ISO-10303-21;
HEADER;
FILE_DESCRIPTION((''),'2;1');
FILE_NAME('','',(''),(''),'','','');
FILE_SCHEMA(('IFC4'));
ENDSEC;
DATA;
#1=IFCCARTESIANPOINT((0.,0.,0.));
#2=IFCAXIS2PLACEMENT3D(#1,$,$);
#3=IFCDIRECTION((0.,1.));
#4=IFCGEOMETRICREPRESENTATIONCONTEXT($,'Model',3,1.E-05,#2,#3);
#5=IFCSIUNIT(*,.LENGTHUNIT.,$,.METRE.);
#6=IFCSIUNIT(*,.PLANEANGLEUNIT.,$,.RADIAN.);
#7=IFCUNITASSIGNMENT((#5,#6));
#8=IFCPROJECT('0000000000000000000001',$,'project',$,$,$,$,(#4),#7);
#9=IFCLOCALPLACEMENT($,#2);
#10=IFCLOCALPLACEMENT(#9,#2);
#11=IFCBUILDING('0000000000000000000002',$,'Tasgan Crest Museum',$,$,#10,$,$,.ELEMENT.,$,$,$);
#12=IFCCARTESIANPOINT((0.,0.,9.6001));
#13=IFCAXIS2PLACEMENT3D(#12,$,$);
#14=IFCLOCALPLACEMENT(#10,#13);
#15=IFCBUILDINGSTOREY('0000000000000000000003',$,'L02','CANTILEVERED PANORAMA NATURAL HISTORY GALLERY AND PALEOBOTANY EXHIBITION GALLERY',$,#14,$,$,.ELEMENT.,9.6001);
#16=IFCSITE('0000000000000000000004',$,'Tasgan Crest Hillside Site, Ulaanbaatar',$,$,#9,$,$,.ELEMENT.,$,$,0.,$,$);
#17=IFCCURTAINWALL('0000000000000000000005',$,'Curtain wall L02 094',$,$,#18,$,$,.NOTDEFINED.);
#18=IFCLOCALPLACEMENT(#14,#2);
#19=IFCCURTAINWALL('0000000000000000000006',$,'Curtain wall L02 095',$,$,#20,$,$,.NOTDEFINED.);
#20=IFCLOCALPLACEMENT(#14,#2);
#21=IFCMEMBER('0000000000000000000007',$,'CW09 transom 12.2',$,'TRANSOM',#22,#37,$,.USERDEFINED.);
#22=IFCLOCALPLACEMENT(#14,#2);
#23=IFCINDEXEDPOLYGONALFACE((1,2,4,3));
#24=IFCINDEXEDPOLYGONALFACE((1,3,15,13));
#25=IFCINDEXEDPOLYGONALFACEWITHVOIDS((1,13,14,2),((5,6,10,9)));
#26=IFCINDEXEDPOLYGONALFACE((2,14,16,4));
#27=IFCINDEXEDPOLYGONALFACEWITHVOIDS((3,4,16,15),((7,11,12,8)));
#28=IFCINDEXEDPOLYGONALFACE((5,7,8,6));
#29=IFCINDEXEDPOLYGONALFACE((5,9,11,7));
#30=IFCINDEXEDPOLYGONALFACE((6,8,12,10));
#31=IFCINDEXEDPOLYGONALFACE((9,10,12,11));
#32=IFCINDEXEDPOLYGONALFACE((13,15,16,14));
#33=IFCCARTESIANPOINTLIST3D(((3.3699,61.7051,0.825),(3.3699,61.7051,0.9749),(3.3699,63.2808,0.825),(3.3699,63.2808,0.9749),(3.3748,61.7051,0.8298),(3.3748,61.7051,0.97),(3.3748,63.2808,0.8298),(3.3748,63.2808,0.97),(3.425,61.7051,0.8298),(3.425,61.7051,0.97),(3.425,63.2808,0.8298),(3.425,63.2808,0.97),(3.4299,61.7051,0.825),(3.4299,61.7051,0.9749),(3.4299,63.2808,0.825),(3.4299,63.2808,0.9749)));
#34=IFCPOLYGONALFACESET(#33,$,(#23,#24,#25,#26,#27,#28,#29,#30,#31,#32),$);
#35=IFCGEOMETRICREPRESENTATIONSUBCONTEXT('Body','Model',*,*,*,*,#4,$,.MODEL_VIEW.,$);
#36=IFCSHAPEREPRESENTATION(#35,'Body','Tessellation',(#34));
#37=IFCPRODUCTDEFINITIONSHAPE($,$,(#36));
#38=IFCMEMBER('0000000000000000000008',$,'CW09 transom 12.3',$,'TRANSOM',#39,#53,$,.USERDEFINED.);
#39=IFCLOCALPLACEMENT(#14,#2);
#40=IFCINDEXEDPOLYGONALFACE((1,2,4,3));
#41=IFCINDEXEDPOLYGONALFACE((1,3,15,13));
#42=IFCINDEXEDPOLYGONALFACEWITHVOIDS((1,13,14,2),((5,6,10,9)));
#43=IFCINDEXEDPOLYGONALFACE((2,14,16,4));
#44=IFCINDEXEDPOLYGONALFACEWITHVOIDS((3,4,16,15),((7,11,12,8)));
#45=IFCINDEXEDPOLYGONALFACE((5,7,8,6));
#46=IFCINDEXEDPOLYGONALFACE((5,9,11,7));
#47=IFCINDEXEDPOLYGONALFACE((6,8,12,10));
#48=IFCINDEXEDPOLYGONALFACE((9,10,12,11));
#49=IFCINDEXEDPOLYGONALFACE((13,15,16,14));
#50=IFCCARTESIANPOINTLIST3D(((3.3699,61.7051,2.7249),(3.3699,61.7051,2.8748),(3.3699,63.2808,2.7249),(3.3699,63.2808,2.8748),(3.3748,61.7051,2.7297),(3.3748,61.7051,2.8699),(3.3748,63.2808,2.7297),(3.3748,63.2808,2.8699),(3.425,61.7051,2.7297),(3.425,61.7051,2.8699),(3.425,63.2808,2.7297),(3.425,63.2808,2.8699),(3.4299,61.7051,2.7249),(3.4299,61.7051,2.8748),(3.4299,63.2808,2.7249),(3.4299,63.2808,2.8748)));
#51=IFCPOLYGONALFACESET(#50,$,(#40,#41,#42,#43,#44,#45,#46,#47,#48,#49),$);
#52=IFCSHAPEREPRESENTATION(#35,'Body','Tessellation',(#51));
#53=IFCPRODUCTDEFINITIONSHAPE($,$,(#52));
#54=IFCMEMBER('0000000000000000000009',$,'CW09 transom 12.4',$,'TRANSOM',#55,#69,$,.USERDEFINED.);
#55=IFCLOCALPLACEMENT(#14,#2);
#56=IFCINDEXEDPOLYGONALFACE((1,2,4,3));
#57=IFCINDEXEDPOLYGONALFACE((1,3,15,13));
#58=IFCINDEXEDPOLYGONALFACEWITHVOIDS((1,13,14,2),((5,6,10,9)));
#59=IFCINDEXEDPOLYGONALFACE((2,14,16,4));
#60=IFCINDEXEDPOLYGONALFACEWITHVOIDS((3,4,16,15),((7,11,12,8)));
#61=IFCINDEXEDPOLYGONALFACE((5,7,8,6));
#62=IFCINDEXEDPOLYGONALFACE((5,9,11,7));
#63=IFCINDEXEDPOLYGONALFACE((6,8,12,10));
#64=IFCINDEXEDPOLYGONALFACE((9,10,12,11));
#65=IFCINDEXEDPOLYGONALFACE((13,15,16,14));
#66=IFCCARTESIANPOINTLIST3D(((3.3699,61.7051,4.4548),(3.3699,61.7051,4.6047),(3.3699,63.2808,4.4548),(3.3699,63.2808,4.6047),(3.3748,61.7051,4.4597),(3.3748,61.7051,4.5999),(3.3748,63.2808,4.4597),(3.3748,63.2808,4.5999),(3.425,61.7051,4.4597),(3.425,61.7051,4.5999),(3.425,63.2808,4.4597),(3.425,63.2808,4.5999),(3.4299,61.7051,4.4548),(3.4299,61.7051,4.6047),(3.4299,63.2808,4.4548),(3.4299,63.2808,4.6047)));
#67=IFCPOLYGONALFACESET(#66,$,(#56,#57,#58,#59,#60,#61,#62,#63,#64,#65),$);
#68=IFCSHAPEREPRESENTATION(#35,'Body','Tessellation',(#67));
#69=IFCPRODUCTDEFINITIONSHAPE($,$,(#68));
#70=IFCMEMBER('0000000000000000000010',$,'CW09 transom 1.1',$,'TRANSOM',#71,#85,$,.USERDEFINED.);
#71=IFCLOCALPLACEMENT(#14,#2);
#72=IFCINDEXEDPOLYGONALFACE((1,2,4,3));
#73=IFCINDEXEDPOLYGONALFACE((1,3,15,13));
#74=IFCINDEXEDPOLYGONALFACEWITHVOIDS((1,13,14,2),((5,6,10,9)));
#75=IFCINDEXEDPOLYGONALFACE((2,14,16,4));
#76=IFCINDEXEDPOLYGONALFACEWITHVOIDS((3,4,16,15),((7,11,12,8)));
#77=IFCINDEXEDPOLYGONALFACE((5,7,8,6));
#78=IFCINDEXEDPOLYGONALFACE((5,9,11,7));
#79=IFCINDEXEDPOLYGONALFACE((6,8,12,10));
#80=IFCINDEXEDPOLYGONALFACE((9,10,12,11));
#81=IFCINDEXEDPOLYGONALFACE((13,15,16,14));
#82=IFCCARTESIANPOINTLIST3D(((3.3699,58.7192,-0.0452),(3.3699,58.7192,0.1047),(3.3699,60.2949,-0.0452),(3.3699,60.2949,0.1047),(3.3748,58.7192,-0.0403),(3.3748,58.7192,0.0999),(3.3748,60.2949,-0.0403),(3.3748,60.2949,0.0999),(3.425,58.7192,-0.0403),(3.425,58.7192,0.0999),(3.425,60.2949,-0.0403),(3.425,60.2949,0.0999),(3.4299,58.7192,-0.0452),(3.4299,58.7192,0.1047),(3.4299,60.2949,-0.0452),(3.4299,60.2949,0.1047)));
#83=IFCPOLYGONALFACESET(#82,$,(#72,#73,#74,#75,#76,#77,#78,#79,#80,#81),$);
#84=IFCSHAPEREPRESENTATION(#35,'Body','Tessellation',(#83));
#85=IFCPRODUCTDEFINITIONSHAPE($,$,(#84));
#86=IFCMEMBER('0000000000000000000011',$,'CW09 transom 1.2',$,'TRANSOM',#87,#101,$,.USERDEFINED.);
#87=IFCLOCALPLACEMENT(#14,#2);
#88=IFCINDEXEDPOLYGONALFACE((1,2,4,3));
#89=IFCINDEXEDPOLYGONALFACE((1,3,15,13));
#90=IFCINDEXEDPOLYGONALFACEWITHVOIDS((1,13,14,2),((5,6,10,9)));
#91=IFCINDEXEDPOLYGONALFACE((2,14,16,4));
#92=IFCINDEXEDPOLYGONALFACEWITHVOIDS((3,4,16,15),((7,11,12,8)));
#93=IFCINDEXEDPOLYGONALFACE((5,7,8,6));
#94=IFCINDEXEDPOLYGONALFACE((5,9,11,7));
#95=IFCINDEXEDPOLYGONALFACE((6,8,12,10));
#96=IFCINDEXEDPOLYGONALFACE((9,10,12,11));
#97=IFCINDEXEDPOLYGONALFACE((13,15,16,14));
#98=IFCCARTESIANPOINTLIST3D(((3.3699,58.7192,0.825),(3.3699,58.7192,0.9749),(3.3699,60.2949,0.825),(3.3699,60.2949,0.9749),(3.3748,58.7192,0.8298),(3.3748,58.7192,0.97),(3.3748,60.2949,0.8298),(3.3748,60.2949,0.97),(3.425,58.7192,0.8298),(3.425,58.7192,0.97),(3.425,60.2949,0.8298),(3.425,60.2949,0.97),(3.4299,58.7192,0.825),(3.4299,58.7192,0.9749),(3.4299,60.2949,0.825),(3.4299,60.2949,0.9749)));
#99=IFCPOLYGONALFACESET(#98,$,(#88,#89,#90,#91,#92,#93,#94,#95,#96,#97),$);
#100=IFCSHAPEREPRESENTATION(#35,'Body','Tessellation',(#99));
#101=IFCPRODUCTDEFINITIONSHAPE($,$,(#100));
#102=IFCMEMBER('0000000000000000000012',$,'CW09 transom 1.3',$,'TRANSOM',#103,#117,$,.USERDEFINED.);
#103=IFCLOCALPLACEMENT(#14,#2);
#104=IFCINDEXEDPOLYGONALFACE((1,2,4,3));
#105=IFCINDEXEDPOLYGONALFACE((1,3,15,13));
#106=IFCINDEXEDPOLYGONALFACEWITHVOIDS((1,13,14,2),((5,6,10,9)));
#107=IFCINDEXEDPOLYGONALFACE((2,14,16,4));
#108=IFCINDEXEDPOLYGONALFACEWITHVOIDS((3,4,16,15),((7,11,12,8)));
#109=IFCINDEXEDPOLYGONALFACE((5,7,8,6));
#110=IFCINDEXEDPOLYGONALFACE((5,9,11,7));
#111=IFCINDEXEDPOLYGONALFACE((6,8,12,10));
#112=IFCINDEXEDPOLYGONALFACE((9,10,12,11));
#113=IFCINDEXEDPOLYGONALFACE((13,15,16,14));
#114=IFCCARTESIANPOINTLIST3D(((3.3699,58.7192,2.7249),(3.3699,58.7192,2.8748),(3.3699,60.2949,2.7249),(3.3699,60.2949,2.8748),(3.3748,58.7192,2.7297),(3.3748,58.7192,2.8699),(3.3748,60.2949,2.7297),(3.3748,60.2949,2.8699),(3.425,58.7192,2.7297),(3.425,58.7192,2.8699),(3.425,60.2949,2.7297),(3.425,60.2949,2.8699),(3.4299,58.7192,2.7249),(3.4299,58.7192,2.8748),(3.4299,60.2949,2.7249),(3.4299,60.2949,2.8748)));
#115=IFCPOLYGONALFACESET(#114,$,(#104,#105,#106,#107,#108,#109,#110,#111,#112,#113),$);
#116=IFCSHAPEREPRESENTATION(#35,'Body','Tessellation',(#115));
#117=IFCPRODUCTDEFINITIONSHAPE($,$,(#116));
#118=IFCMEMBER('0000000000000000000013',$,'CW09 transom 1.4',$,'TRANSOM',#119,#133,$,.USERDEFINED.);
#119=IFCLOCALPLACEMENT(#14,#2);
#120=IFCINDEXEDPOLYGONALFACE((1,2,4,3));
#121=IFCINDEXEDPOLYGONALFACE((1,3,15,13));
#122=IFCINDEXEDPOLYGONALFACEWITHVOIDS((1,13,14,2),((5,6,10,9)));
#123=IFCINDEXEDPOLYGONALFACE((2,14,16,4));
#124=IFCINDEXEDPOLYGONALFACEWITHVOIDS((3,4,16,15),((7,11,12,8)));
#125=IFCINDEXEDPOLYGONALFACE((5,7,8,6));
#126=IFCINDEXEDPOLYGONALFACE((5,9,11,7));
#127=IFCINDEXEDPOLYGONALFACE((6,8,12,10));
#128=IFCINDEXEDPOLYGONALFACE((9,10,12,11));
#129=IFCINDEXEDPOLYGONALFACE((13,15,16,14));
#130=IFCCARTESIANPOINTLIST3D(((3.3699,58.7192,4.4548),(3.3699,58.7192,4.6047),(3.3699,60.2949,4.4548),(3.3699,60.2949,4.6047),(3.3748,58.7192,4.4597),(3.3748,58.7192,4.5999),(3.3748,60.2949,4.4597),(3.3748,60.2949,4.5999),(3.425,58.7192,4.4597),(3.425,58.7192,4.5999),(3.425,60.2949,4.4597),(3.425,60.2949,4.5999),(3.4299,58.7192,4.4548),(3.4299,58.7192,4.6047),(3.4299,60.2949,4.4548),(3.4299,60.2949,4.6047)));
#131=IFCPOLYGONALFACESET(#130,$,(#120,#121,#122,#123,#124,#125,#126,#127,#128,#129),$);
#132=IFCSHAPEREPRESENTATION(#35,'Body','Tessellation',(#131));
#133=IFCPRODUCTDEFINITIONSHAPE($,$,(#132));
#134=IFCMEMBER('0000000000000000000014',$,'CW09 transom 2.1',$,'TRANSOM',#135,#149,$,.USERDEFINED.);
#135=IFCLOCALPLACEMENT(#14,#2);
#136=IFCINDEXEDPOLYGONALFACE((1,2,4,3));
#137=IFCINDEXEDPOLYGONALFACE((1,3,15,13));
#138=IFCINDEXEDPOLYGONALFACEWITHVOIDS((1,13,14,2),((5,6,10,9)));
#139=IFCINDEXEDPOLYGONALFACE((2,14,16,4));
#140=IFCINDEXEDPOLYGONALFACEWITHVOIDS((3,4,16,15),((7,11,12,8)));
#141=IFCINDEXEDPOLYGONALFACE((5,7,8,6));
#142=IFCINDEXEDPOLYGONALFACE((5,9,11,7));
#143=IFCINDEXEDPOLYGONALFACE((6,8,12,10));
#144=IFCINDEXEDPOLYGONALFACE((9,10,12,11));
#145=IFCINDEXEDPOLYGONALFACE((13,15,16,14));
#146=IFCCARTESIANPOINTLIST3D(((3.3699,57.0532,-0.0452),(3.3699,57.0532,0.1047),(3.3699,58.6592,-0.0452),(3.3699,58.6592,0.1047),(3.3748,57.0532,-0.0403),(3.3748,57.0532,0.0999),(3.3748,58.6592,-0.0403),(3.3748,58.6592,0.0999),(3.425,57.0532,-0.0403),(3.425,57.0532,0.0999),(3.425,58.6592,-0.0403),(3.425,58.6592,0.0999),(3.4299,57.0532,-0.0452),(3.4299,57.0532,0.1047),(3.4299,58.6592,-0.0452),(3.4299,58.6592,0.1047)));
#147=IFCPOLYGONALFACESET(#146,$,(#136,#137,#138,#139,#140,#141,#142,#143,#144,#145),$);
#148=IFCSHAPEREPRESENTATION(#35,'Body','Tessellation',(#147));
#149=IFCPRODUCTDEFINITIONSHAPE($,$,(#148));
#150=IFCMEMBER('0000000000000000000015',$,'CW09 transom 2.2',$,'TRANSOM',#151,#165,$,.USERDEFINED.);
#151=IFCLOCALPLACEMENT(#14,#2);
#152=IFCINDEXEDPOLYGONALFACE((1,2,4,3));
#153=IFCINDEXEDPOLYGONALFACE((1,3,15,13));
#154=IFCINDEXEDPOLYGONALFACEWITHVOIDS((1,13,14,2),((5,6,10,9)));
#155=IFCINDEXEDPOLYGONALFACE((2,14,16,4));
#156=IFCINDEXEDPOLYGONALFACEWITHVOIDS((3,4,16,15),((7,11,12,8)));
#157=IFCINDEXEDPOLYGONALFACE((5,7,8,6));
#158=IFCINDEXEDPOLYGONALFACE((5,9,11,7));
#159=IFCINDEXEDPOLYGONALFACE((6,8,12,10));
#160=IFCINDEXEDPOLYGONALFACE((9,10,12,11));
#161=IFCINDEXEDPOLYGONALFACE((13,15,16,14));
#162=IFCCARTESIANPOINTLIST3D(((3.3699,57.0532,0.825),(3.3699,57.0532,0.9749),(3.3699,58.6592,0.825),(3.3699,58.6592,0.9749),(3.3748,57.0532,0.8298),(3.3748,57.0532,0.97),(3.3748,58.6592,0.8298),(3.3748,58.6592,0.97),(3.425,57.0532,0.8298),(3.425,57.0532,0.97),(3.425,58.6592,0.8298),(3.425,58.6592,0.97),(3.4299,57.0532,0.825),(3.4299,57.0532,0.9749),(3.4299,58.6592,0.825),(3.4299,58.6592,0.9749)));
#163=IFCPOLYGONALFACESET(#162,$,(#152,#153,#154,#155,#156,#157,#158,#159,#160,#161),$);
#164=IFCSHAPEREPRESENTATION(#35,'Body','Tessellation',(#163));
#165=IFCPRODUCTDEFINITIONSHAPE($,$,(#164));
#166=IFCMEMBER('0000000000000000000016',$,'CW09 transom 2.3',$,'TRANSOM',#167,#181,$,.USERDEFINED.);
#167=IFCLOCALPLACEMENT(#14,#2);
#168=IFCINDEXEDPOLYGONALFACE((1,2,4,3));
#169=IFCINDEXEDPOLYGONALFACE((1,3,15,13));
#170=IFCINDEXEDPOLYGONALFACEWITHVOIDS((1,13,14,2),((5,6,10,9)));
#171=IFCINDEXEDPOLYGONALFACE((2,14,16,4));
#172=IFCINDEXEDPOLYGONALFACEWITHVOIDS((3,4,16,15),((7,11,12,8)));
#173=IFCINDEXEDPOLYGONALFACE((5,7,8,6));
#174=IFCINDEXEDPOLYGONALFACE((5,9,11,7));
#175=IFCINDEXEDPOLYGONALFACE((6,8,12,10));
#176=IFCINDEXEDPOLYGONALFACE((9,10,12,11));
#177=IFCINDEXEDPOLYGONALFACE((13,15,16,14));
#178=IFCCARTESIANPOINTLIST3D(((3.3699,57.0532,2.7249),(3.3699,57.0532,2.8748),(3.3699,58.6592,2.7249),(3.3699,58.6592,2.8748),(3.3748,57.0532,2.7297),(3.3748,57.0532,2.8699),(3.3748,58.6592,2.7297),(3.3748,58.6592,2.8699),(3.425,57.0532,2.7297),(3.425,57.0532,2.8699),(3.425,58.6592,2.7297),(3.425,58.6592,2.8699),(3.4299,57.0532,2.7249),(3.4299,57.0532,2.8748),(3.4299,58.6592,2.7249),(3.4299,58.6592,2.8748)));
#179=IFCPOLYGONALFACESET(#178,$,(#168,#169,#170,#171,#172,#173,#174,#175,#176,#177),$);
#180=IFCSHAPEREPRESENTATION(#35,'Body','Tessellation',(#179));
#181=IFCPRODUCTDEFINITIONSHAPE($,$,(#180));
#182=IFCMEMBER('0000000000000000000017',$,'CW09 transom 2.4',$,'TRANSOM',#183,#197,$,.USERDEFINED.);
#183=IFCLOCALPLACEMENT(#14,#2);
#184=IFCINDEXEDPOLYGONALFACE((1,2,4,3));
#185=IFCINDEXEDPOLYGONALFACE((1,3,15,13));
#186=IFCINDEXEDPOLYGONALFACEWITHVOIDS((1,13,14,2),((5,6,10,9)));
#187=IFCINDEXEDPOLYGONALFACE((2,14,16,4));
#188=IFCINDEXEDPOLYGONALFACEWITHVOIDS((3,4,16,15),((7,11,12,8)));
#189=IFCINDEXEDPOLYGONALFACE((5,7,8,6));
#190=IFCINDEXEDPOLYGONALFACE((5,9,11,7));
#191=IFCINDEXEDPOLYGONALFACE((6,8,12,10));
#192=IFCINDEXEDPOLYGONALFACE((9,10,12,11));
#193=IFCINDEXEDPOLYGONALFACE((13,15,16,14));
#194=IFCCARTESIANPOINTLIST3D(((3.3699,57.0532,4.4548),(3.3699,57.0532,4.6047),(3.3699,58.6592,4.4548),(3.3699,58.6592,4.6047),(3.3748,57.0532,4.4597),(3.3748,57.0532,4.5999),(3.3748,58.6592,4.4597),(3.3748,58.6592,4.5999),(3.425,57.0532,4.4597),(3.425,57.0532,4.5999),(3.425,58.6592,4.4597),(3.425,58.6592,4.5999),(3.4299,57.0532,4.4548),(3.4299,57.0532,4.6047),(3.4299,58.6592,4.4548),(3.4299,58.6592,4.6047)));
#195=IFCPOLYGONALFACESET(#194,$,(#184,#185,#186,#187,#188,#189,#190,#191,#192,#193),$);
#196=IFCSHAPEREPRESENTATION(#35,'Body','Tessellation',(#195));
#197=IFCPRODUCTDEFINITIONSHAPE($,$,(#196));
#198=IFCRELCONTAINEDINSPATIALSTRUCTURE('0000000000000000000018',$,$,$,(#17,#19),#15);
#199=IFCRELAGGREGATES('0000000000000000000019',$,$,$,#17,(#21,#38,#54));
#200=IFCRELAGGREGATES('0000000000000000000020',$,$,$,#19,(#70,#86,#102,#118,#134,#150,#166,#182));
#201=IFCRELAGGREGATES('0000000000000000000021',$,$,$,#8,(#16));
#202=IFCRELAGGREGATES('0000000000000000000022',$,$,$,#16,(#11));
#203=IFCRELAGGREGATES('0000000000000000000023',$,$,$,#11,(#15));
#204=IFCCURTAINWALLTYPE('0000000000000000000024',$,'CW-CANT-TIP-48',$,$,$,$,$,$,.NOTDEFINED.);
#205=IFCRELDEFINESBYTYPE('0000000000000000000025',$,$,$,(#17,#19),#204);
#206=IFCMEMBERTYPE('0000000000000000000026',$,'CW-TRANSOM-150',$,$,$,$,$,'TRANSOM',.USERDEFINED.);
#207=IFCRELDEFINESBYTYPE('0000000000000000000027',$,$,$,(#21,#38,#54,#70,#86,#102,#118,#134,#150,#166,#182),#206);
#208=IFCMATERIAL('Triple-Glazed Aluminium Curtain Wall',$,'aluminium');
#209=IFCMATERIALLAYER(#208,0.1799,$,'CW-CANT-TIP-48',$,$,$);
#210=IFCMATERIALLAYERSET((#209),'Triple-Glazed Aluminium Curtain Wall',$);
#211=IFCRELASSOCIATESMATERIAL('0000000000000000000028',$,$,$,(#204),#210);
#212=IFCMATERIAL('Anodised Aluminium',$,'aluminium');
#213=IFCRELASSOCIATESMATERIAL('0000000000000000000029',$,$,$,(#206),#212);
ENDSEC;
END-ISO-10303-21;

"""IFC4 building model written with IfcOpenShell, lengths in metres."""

from ifc_helpers import new_model, si_unit, direction, frame, origin, origin_2d, place, context, subcontext, project, spatial, hollow_rectangle, extrude, material, layer, layer_set, material_profile, profile_set, type_object, element, aggregate, save


model = new_model("IFC4")

# Units and contexts
model_context = context("Model", 3, precision=1e-05, world=origin(), true_north=direction((0.0, 1.0)))
body_context = subcontext(model_context, "Body", "Model", "MODEL_VIEW")
ifc_project = project(units=[si_unit("LENGTHUNIT", "METRE"), si_unit("PLANEANGLEUNIT", "RADIAN")], contexts=[model_context])

# Site, building, storey
site_placement = place(None, origin())
site = spatial("IfcSite", under=ifc_project, at=site_placement, Name="Tasgan Crest Hillside Site, Ulaanbaatar", CompositionType="ELEMENT", RefElevation=0.0)
building_placement = place(site_placement, origin())
building = spatial("IfcBuilding", under=site, at=building_placement, Name="Tasgan Crest Museum", CompositionType="ELEMENT")
storey_placement = place(building_placement, frame((0.0, 0.0, 9.6001)))
storey = spatial("IfcBuildingStorey", under=building, at=storey_placement, Name="L02", Description="CANTILEVERED PANORAMA NATURAL HISTORY GALLERY AND PALEOBOTANY EXHIBITION GALLERY", CompositionType="ELEMENT", Elevation=9.6001)

# Curtain walls
ifc_material_1 = material(Name="Triple-Glazed Aluminium Curtain Wall", Category="aluminium")
ifc_layer_1 = layer(ifc_material_1, 0.1799, Name="CW-CANT-TIP-48")
ifc_layer_set_1 = layer_set([ifc_layer_1], Name="Triple-Glazed Aluminium Curtain Wall")
curtain_wall_type = type_object("IfcCurtainWallType", Name="CW-CANT-TIP-48", PredefinedType="NOTDEFINED", material=ifc_layer_set_1)
curtain_wall_1_placement = place(storey_placement, origin())
curtain_wall_1 = element("IfcCurtainWall", 1, at=curtain_wall_1_placement, inside=storey, type_object=curtain_wall_type, Name="Curtain wall L02 094", PredefinedType="NOTDEFINED")
curtain_wall_2_placement = place(storey_placement, origin())
curtain_wall_2 = element("IfcCurtainWall", 2, at=curtain_wall_2_placement, inside=storey, type_object=curtain_wall_type, Name="Curtain wall L02 095", PredefinedType="NOTDEFINED")

# Members
ifc_material_2 = material(Name="Anodised Aluminium", Category="aluminium")
ifc_material_profile_1 = material_profile(ifc_material_2, hollow_rectangle(XDim=0.0601, YDim=0.1499, WallThickness=0.0049, at=origin_2d()), Name="ALU TRANSOM 150x60x5")
ifc_profile_set_1 = profile_set([ifc_material_profile_1], Name="Anodised Aluminium")
member_type_1 = type_object("IfcMemberType", Name="CW-TRANSOM-150", ElementType="TRANSOM", PredefinedType="USERDEFINED", material=ifc_profile_set_1)
member_1_placement = place(storey_placement, frame((3.3999, 63.2808, 0.8999), z_axis=(0.0, -1.0, 0.0), x_axis=(1.0, 0.0, 0.0)))
member_1 = element("IfcMember", 3, at=member_1_placement, type_object=member_type_1, Name="CW09 transom 12.2", ObjectType="TRANSOM", PredefinedType="USERDEFINED", context=body_context, shape_type="SweptSolid", body=[
    extrude(hollow_rectangle(XDim=0.0601, YDim=0.1499, WallThickness=0.0049, at=origin_2d()), origin(), (0.0, 0.0, 1.0), 1.5757),
])
member_2_placement = place(storey_placement, frame((3.3999, 63.2808, 2.7998), z_axis=(0.0, -1.0, 0.0), x_axis=(1.0, 0.0, 0.0)))
member_2 = element("IfcMember", 4, at=member_2_placement, type_object=member_type_1, Name="CW09 transom 12.3", ObjectType="TRANSOM", PredefinedType="USERDEFINED", context=body_context, shape_type="SweptSolid", body=[
    extrude(hollow_rectangle(XDim=0.0601, YDim=0.1499, WallThickness=0.0049, at=origin_2d()), origin(), (0.0, 0.0, 1.0), 1.5757),
])
member_3_placement = place(storey_placement, frame((3.3999, 63.2808, 4.5298), z_axis=(0.0, -1.0, 0.0), x_axis=(1.0, 0.0, 0.0)))
member_3 = element("IfcMember", 5, at=member_3_placement, type_object=member_type_1, Name="CW09 transom 12.4", ObjectType="TRANSOM", PredefinedType="USERDEFINED", context=body_context, shape_type="SweptSolid", body=[
    extrude(hollow_rectangle(XDim=0.0601, YDim=0.1499, WallThickness=0.0049, at=origin_2d()), origin(), (0.0, 0.0, 1.0), 1.5757),
])
member_4_placement = place(storey_placement, frame((3.3999, 60.2949, 0.0298), z_axis=(0.0, -1.0, 0.0), x_axis=(1.0, 0.0, 0.0)))
member_4 = element("IfcMember", 6, at=member_4_placement, type_object=member_type_1, Name="CW09 transom 1.1", ObjectType="TRANSOM", PredefinedType="USERDEFINED", context=body_context, shape_type="SweptSolid", body=[
    extrude(hollow_rectangle(XDim=0.0601, YDim=0.1499, WallThickness=0.0049, at=origin_2d()), origin(), (0.0, 0.0, 1.0), 1.5757),
])
member_5_placement = place(storey_placement, frame((3.3999, 60.2949, 0.8999), z_axis=(0.0, -1.0, 0.0), x_axis=(1.0, 0.0, 0.0)))
member_5 = element("IfcMember", 7, at=member_5_placement, type_object=member_type_1, Name="CW09 transom 1.2", ObjectType="TRANSOM", PredefinedType="USERDEFINED", context=body_context, shape_type="SweptSolid", body=[
    extrude(hollow_rectangle(XDim=0.0601, YDim=0.1499, WallThickness=0.0049, at=origin_2d()), origin(), (0.0, 0.0, 1.0), 1.5757),
])
member_6_placement = place(storey_placement, frame((3.3999, 60.2949, 2.7998), z_axis=(0.0, -1.0, 0.0), x_axis=(1.0, 0.0, 0.0)))
member_6 = element("IfcMember", 8, at=member_6_placement, type_object=member_type_1, Name="CW09 transom 1.3", ObjectType="TRANSOM", PredefinedType="USERDEFINED", context=body_context, shape_type="SweptSolid", body=[
    extrude(hollow_rectangle(XDim=0.0601, YDim=0.1499, WallThickness=0.0049, at=origin_2d()), origin(), (0.0, 0.0, 1.0), 1.5757),
])
member_7_placement = place(storey_placement, frame((3.3999, 60.2949, 4.5298), z_axis=(0.0, -1.0, 0.0), x_axis=(1.0, 0.0, 0.0)))
member_7 = element("IfcMember", 9, at=member_7_placement, type_object=member_type_1, Name="CW09 transom 1.4", ObjectType="TRANSOM", PredefinedType="USERDEFINED", context=body_context, shape_type="SweptSolid", body=[
    extrude(hollow_rectangle(XDim=0.0601, YDim=0.1499, WallThickness=0.0049, at=origin_2d()), origin(), (0.0, 0.0, 1.0), 1.5757),
])
member_8_placement = place(storey_placement, frame((3.3999, 58.6592, 0.0298), z_axis=(0.0, -1.0, 0.0), x_axis=(1.0, 0.0, 0.0)))
member_8 = element("IfcMember", 10, at=member_8_placement, type_object=member_type_1, Name="CW09 transom 2.1", ObjectType="TRANSOM", PredefinedType="USERDEFINED", context=body_context, shape_type="SweptSolid", body=[
    extrude(hollow_rectangle(XDim=0.0601, YDim=0.1499, WallThickness=0.0049, at=origin_2d()), origin(), (0.0, 0.0, 1.0), 1.606),
])
member_9_placement = place(storey_placement, frame((3.3999, 58.6592, 0.8999), z_axis=(0.0, -1.0, 0.0), x_axis=(1.0, 0.0, 0.0)))
member_9 = element("IfcMember", 11, at=member_9_placement, type_object=member_type_1, Name="CW09 transom 2.2", ObjectType="TRANSOM", PredefinedType="USERDEFINED", context=body_context, shape_type="SweptSolid", body=[
    extrude(hollow_rectangle(XDim=0.0601, YDim=0.1499, WallThickness=0.0049, at=origin_2d()), origin(), (0.0, 0.0, 1.0), 1.606),
])
member_10_placement = place(storey_placement, frame((3.3999, 58.6592, 2.7998), z_axis=(0.0, -1.0, 0.0), x_axis=(1.0, 0.0, 0.0)))
member_10 = element("IfcMember", 12, at=member_10_placement, type_object=member_type_1, Name="CW09 transom 2.3", ObjectType="TRANSOM", PredefinedType="USERDEFINED", context=body_context, shape_type="SweptSolid", body=[
    extrude(hollow_rectangle(XDim=0.0601, YDim=0.1499, WallThickness=0.0049, at=origin_2d()), origin(), (0.0, 0.0, 1.0), 1.606),
])
member_11_placement = place(storey_placement, frame((3.3999, 58.6592, 4.5298), z_axis=(0.0, -1.0, 0.0), x_axis=(1.0, 0.0, 0.0)))
member_11 = element("IfcMember", 13, at=member_11_placement, type_object=member_type_1, Name="CW09 transom 2.4", ObjectType="TRANSOM", PredefinedType="USERDEFINED", context=body_context, shape_type="SweptSolid", body=[
    extrude(hollow_rectangle(XDim=0.0601, YDim=0.1499, WallThickness=0.0049, at=origin_2d()), origin(), (0.0, 0.0, 1.0), 1.606),
])

aggregate(curtain_wall_1, [member_1, member_2, member_3])
aggregate(curtain_wall_2, [member_4, member_5, member_6, member_7, member_8, member_9, member_10, member_11])

save(model, "model.ifc")
